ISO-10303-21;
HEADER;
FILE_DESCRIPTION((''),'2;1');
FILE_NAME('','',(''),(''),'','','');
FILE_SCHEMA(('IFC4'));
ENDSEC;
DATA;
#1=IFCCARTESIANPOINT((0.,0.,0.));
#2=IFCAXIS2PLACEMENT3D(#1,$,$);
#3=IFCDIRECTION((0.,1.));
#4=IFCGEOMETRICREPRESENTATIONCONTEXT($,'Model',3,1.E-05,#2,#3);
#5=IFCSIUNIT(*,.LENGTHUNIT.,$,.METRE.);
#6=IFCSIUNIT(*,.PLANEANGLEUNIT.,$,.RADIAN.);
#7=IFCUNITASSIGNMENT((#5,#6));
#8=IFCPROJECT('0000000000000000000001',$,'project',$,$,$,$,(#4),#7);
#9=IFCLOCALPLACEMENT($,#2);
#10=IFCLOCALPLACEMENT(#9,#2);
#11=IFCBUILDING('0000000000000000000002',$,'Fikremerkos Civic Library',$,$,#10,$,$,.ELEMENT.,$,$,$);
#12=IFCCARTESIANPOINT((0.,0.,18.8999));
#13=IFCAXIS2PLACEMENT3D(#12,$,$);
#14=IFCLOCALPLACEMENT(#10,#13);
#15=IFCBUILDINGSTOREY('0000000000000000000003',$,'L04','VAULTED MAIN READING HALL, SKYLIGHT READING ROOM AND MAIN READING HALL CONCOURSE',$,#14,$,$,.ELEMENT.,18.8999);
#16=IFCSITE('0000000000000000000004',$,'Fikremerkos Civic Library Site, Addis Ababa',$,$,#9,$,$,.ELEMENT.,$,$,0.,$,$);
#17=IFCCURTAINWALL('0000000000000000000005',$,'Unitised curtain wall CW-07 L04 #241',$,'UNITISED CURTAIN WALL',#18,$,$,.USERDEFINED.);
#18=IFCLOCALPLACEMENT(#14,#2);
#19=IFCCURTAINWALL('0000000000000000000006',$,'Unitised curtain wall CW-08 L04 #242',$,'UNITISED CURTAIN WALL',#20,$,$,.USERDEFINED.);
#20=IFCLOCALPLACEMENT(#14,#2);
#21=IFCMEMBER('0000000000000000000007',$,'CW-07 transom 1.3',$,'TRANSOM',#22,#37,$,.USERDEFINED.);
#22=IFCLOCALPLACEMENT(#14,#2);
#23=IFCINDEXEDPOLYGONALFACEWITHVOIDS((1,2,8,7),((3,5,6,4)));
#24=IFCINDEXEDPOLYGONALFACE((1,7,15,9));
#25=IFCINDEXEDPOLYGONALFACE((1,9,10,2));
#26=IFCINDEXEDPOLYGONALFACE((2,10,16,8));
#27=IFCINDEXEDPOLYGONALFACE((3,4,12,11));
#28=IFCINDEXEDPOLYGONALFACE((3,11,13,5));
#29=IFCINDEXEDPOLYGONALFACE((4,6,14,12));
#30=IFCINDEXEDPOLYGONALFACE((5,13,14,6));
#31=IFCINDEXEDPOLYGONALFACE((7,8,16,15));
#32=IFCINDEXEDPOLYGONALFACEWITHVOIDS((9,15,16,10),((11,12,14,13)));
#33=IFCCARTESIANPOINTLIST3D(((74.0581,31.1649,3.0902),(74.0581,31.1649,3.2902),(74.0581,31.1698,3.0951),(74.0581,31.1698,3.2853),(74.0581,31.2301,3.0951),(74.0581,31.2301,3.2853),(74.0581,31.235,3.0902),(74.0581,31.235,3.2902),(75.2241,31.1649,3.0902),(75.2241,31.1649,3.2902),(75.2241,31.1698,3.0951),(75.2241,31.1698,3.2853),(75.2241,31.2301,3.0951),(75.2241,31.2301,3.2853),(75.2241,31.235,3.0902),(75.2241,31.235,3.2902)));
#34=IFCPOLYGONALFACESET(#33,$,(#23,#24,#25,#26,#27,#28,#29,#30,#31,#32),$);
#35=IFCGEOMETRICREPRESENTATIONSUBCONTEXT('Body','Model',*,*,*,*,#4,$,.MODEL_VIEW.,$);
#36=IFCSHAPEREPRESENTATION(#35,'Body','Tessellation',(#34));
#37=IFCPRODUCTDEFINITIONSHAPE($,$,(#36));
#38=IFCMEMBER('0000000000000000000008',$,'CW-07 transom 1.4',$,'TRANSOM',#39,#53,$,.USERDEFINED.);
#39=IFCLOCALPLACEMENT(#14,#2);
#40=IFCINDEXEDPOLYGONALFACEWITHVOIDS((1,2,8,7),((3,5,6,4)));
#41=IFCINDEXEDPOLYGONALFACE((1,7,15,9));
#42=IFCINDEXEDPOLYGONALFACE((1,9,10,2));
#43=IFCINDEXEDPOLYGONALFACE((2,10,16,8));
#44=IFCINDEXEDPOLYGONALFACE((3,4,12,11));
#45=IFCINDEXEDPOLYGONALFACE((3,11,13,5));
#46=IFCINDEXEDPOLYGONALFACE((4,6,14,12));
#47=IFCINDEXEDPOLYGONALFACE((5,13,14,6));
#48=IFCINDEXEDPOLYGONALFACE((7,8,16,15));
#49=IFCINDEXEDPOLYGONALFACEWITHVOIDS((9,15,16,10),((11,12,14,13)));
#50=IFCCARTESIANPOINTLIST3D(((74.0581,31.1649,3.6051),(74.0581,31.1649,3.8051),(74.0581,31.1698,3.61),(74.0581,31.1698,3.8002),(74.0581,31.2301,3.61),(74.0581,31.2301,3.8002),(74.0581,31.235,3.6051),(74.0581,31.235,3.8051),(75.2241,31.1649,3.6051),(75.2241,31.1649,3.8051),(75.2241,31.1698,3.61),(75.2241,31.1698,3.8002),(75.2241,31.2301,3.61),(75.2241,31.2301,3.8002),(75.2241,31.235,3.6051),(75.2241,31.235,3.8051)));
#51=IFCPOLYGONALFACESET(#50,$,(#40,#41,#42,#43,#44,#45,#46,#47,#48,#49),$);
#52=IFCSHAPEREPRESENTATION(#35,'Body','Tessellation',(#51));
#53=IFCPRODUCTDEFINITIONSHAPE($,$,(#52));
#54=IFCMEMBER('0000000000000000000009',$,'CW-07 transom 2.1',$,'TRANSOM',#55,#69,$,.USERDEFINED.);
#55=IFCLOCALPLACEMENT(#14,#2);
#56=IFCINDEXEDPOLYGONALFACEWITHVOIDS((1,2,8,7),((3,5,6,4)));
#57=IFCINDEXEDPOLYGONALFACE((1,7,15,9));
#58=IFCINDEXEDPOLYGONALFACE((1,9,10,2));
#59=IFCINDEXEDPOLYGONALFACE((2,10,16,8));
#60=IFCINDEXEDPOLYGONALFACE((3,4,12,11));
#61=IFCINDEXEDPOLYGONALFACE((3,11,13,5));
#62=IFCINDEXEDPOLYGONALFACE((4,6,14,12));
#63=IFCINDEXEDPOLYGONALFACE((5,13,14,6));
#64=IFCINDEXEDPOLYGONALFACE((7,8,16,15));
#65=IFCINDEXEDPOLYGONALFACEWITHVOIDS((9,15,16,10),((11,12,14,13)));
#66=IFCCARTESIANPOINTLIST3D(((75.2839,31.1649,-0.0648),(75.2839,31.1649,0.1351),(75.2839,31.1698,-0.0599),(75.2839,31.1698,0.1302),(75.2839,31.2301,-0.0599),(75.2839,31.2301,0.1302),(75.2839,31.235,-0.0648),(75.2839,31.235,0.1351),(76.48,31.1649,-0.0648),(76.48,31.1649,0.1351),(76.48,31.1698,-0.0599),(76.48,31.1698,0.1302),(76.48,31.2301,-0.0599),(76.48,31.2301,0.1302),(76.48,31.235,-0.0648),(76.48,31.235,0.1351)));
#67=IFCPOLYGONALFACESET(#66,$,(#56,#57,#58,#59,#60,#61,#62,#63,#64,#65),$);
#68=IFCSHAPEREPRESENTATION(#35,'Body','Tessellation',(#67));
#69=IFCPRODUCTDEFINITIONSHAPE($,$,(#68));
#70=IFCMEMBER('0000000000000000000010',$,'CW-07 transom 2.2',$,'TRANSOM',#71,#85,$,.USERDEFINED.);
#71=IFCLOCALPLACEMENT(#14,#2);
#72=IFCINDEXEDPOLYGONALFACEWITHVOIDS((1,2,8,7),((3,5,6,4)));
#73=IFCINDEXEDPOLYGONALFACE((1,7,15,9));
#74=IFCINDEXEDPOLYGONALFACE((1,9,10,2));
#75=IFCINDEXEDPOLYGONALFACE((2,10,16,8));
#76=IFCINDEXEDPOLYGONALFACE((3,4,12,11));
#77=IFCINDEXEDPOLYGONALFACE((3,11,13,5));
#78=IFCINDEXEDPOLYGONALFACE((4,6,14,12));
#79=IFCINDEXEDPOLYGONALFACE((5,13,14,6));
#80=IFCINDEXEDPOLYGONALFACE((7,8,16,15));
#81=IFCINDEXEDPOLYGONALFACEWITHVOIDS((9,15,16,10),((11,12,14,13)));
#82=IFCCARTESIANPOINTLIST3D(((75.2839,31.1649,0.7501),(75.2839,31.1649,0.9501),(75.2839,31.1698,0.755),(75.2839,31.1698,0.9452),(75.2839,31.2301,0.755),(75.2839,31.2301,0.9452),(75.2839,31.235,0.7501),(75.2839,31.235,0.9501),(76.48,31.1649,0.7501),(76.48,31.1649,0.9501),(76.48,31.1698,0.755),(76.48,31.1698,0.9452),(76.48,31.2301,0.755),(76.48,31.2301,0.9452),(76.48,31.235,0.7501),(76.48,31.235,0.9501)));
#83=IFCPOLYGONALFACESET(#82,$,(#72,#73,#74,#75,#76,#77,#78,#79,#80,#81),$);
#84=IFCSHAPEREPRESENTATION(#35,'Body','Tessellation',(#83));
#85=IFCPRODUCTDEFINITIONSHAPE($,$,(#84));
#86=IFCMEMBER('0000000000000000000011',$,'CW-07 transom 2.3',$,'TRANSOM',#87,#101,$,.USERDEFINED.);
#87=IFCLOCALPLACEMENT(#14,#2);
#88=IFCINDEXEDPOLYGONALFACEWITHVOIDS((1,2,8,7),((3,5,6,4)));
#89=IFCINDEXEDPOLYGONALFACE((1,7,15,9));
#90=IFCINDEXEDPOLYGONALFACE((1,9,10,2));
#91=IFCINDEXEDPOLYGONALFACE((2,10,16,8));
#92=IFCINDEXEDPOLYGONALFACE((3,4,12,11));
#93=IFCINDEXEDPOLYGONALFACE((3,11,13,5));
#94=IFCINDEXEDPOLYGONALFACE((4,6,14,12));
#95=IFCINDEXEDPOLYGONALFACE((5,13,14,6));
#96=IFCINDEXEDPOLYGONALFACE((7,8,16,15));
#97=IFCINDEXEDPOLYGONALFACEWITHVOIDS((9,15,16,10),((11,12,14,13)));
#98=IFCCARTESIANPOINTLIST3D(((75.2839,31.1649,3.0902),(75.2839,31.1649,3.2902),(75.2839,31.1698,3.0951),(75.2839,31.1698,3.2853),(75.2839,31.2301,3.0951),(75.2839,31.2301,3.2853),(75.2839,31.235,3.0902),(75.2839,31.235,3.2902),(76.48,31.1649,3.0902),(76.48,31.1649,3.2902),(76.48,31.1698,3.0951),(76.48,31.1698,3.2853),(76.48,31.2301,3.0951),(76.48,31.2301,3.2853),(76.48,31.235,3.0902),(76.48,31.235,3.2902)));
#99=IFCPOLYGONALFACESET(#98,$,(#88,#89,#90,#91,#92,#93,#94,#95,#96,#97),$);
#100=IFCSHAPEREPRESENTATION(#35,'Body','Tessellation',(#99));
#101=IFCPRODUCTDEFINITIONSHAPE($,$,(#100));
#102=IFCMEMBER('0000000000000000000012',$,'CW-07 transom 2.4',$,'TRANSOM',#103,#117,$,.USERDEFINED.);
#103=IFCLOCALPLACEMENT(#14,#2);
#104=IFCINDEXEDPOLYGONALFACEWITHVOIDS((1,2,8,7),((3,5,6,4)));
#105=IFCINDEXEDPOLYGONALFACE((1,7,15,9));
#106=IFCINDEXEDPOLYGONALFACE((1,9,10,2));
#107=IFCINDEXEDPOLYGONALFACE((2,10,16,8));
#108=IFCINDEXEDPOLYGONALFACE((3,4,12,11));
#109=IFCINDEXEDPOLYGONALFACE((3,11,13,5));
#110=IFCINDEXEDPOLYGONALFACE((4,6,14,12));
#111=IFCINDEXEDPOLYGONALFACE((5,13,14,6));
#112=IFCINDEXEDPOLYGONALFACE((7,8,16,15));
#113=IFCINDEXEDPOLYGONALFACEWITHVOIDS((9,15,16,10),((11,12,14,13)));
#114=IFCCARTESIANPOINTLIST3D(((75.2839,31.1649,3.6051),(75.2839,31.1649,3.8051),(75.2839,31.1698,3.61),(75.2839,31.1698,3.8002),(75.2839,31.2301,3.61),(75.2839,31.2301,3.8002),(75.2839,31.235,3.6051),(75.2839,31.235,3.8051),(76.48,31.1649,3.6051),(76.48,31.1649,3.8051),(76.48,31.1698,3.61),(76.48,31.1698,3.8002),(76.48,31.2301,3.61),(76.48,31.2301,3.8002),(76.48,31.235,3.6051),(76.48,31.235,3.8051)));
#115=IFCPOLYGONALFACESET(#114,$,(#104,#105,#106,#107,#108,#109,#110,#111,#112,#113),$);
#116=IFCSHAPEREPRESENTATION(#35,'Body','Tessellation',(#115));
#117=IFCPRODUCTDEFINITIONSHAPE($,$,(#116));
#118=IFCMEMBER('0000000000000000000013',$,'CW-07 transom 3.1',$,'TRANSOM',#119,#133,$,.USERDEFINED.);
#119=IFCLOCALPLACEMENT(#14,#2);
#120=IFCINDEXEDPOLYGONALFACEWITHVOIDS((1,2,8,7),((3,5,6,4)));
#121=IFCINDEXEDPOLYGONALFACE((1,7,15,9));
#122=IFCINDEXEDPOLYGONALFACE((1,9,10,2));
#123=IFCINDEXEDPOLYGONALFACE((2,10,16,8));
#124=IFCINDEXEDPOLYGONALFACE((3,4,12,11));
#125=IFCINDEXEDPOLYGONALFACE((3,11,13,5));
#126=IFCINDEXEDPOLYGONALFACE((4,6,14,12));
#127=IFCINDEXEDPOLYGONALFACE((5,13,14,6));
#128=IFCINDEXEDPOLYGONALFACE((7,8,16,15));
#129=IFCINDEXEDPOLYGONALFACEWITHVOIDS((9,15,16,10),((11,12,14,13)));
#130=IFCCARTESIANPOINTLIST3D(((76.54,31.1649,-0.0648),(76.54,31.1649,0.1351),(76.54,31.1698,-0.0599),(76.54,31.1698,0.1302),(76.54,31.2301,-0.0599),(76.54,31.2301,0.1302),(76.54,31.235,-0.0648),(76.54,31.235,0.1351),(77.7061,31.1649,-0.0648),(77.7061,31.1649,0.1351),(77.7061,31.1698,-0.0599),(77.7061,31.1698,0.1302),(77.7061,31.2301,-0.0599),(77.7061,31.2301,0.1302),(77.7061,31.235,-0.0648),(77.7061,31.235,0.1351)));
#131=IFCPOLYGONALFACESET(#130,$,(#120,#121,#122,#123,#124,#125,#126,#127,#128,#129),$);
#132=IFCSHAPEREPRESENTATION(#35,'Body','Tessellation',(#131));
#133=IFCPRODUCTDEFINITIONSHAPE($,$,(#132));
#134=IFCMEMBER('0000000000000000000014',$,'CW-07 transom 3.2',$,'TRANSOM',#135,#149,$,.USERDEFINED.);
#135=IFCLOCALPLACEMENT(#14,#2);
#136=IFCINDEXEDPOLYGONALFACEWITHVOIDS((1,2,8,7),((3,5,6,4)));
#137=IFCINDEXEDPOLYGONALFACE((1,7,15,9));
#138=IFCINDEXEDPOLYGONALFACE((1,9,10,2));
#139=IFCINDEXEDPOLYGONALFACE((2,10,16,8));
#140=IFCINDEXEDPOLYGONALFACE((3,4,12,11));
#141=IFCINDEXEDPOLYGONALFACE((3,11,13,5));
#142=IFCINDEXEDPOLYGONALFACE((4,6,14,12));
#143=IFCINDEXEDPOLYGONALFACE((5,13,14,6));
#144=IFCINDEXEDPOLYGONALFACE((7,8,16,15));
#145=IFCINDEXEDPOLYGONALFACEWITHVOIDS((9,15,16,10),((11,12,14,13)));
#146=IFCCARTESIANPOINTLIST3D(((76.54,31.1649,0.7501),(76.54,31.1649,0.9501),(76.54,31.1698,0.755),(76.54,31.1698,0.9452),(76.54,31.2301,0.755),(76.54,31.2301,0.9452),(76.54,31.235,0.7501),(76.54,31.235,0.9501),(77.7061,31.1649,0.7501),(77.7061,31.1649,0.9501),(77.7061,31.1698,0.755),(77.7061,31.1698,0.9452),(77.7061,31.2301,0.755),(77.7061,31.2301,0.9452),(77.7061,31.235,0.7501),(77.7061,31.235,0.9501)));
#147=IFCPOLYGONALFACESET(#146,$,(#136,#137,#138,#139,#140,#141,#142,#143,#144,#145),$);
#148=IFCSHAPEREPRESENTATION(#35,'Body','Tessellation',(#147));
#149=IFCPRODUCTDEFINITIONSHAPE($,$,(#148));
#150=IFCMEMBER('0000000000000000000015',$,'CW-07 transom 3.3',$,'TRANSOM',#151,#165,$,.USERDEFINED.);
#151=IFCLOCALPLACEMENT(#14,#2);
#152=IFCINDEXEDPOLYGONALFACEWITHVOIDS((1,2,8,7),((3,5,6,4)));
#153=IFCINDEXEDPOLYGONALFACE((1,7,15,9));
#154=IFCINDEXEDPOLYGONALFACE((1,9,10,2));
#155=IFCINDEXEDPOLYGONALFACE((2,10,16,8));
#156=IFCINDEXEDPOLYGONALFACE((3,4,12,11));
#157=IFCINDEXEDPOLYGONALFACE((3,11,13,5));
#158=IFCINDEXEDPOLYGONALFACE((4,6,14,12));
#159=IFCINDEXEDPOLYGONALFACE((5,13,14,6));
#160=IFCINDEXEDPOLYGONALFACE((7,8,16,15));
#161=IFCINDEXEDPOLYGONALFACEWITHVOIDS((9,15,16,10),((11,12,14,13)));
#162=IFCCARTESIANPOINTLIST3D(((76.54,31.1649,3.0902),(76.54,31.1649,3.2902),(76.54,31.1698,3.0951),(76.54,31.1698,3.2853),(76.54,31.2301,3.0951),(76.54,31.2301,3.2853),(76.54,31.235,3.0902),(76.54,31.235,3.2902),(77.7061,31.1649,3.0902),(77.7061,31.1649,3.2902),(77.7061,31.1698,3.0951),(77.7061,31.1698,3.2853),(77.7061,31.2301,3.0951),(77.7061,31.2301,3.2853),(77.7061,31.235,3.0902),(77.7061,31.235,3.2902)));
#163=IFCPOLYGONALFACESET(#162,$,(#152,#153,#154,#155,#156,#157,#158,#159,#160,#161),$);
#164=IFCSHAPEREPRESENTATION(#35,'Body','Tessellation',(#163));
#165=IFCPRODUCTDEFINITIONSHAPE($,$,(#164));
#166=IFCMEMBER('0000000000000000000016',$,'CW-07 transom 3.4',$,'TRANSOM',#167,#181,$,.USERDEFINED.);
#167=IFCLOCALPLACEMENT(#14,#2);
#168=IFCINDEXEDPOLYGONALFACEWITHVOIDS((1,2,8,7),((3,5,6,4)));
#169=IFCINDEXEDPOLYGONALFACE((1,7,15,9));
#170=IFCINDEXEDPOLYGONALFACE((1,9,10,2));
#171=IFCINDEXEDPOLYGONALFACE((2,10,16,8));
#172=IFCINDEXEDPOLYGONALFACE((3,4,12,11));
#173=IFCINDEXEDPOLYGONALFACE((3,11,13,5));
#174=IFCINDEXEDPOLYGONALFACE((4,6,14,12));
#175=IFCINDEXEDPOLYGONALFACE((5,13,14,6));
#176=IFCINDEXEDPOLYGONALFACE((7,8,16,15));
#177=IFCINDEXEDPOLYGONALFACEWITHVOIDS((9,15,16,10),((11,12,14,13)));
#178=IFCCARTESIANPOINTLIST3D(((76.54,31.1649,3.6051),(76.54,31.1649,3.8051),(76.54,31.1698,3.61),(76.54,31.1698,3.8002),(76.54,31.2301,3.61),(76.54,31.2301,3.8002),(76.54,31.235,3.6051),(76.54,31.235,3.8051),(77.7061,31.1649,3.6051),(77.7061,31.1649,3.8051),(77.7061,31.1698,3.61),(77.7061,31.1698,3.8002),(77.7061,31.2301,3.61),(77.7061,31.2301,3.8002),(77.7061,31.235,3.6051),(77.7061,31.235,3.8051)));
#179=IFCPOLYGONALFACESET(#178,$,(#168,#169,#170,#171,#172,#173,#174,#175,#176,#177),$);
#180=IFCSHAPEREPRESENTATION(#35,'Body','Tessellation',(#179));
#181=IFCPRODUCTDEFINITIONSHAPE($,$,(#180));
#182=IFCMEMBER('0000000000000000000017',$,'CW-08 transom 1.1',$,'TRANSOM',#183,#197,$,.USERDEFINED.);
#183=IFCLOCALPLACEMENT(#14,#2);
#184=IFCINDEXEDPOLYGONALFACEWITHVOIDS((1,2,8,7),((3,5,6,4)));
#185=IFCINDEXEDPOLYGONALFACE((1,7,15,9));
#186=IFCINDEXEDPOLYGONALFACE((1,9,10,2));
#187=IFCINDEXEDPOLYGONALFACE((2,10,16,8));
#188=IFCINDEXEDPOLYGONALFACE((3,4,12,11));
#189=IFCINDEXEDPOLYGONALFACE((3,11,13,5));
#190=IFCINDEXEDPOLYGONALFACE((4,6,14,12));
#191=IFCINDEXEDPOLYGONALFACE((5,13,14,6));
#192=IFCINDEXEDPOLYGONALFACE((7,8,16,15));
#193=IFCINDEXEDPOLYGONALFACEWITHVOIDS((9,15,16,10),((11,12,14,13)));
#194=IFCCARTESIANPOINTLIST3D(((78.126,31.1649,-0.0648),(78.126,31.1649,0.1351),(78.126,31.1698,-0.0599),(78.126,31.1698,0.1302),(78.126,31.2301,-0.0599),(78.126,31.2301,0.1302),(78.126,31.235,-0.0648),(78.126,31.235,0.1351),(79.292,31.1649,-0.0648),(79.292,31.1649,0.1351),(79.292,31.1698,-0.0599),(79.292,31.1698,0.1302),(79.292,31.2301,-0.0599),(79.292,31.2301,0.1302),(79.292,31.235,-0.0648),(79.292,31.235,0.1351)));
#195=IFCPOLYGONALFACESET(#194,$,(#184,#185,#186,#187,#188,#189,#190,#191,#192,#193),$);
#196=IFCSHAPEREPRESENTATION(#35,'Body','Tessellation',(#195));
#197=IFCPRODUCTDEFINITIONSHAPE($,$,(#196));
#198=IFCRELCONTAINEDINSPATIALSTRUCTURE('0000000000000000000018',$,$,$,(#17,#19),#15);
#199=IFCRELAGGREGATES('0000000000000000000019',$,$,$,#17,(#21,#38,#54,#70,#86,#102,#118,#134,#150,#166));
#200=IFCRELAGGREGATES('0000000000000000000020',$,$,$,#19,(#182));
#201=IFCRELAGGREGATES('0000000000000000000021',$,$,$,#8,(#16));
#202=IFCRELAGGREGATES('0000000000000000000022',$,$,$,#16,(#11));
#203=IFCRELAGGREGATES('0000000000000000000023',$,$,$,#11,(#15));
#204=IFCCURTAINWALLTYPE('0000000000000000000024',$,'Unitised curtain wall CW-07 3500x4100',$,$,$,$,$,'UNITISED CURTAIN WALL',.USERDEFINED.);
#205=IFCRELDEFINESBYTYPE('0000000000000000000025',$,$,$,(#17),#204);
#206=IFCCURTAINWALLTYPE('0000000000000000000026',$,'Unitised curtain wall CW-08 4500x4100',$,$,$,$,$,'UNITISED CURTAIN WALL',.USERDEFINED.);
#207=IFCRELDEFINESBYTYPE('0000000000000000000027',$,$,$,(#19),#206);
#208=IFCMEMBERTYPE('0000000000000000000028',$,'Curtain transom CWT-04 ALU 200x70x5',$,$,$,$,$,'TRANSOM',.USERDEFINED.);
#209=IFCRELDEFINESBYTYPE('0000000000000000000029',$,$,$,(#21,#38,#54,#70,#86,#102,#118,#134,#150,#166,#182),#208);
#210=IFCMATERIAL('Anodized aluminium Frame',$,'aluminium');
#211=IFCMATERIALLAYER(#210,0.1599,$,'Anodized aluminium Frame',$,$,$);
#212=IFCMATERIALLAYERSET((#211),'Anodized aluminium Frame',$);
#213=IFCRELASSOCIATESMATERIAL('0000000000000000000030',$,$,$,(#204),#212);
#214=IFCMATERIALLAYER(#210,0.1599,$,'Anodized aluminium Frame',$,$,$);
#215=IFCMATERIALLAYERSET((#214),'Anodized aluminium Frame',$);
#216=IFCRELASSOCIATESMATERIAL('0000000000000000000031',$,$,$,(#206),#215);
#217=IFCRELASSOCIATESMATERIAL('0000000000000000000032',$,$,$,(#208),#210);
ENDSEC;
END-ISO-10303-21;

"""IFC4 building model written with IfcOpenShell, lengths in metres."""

from ifc_helpers import new_model, si_unit, direction, frame, origin, origin_2d, place, context, subcontext, project, spatial, hollow_rectangle, extrude, material, layer, layer_set, material_profile, profile_set, type_object, element, aggregate, save


model = new_model("IFC4")

# Units and contexts
model_context = context("Model", 3, precision=1e-05, world=origin(), true_north=direction((0.0, 1.0)))
body_context = subcontext(model_context, "Body", "Model", "MODEL_VIEW")
ifc_project = project(units=[si_unit("LENGTHUNIT", "METRE"), si_unit("PLANEANGLEUNIT", "RADIAN")], contexts=[model_context])

# Site, building, storey
site_placement = place(None, origin())
site = spatial("IfcSite", under=ifc_project, at=site_placement, Name="Fikremerkos Civic Library Site, Addis Ababa", CompositionType="ELEMENT", RefElevation=0.0)
building_placement = place(site_placement, origin())
building = spatial("IfcBuilding", under=site, at=building_placement, Name="Fikremerkos Civic Library", CompositionType="ELEMENT")
storey_placement = place(building_placement, frame((0.0, 0.0, 18.8999)))
storey = spatial("IfcBuildingStorey", under=building, at=storey_placement, Name="L04", Description="VAULTED MAIN READING HALL, SKYLIGHT READING ROOM AND MAIN READING HALL CONCOURSE", CompositionType="ELEMENT", Elevation=18.8999)

# Shared definitions
ifc_material_1 = material(Name="Anodized aluminium Frame", Category="aluminium")

# Curtain wall
ifc_layer_1 = layer(ifc_material_1, 0.1599, Name="Anodized aluminium Frame")
ifc_layer_set_1 = layer_set([ifc_layer_1], Name="Anodized aluminium Frame")
curtain_wall_type_1 = type_object("IfcCurtainWallType", Name="Unitised curtain wall CW-07 3500x4100", ElementType="UNITISED CURTAIN WALL", PredefinedType="USERDEFINED", material=ifc_layer_set_1)
curtain_wall_1_placement = place(storey_placement, origin())
curtain_wall_1 = element("IfcCurtainWall", 1, at=curtain_wall_1_placement, inside=storey, type_object=curtain_wall_type_1, Name="Unitised curtain wall CW-07 L04 #241", ObjectType="UNITISED CURTAIN WALL", PredefinedType="USERDEFINED")

# Curtain wall
ifc_layer_2 = layer(ifc_material_1, 0.1599, Name="Anodized aluminium Frame")
ifc_layer_set_2 = layer_set([ifc_layer_2], Name="Anodized aluminium Frame")
curtain_wall_type_2 = type_object("IfcCurtainWallType", Name="Unitised curtain wall CW-08 4500x4100", ElementType="UNITISED CURTAIN WALL", PredefinedType="USERDEFINED", material=ifc_layer_set_2)
curtain_wall_2_placement = place(storey_placement, origin())
curtain_wall_2 = element("IfcCurtainWall", 2, at=curtain_wall_2_placement, inside=storey, type_object=curtain_wall_type_2, Name="Unitised curtain wall CW-08 L04 #242", ObjectType="UNITISED CURTAIN WALL", PredefinedType="USERDEFINED")

# Members
ifc_material_profile_1 = material_profile(ifc_material_1, hollow_rectangle(XDim=0.0701, YDim=0.2, WallThickness=0.0049, at=origin_2d()), Name="ALU 200x70x5")
ifc_profile_set_1 = profile_set([ifc_material_profile_1], Name="Anodized aluminium Frame")
member_type_1 = type_object("IfcMemberType", Name="Curtain transom CWT-04 ALU 200x70x5", ElementType="TRANSOM", PredefinedType="USERDEFINED", material=ifc_profile_set_1)
member_1_placement = place(storey_placement, frame((74.0581, 31.2, 3.1902), z_axis=(1.0, 0.0, 0.0), x_axis=(0.0, 1.0, 0.0)))
member_1 = element("IfcMember", 3, at=member_1_placement, type_object=member_type_1, Name="CW-07 transom 1.3", ObjectType="TRANSOM", PredefinedType="USERDEFINED", context=body_context, shape_type="SweptSolid", body=[
    extrude(hollow_rectangle(XDim=0.0701, YDim=0.2, WallThickness=0.0049, at=origin_2d()), origin(), (0.0, 0.0, 1.0), 1.166),
])
member_2_placement = place(storey_placement, frame((74.0581, 31.2, 3.7051), z_axis=(1.0, 0.0, 0.0), x_axis=(0.0, 1.0, 0.0)))
member_2 = element("IfcMember", 4, at=member_2_placement, type_object=member_type_1, Name="CW-07 transom 1.4", ObjectType="TRANSOM", PredefinedType="USERDEFINED", context=body_context, shape_type="SweptSolid", body=[
    extrude(hollow_rectangle(XDim=0.0701, YDim=0.2, WallThickness=0.0049, at=origin_2d()), origin(), (0.0, 0.0, 1.0), 1.166),
])
member_3_placement = place(storey_placement, frame((75.2839, 31.2, 0.0352), z_axis=(1.0, 0.0, 0.0), x_axis=(0.0, 1.0, 0.0)))
member_3 = element("IfcMember", 5, at=member_3_placement, type_object=member_type_1, Name="CW-07 transom 2.1", ObjectType="TRANSOM", PredefinedType="USERDEFINED", context=body_context, shape_type="SweptSolid", body=[
    extrude(hollow_rectangle(XDim=0.0701, YDim=0.2, WallThickness=0.0049, at=origin_2d()), origin(), (0.0, 0.0, 1.0), 1.196),
])
member_4_placement = place(storey_placement, frame((75.2839, 31.2, 0.8501), z_axis=(1.0, 0.0, 0.0), x_axis=(0.0, 1.0, 0.0)))
member_4 = element("IfcMember", 6, at=member_4_placement, type_object=member_type_1, Name="CW-07 transom 2.2", ObjectType="TRANSOM", PredefinedType="USERDEFINED", context=body_context, shape_type="SweptSolid", body=[
    extrude(hollow_rectangle(XDim=0.0701, YDim=0.2, WallThickness=0.0049, at=origin_2d()), origin(), (0.0, 0.0, 1.0), 1.196),
])
member_5_placement = place(storey_placement, frame((75.2839, 31.2, 3.1902), z_axis=(1.0, 0.0, 0.0), x_axis=(0.0, 1.0, 0.0)))
member_5 = element("IfcMember", 7, at=member_5_placement, type_object=member_type_1, Name="CW-07 transom 2.3", ObjectType="TRANSOM", PredefinedType="USERDEFINED", context=body_context, shape_type="SweptSolid", body=[
    extrude(hollow_rectangle(XDim=0.0701, YDim=0.2, WallThickness=0.0049, at=origin_2d()), origin(), (0.0, 0.0, 1.0), 1.196),
])
member_6_placement = place(storey_placement, frame((75.2839, 31.2, 3.7051), z_axis=(1.0, 0.0, 0.0), x_axis=(0.0, 1.0, 0.0)))
member_6 = element("IfcMember", 8, at=member_6_placement, type_object=member_type_1, Name="CW-07 transom 2.4", ObjectType="TRANSOM", PredefinedType="USERDEFINED", context=body_context, shape_type="SweptSolid", body=[
    extrude(hollow_rectangle(XDim=0.0701, YDim=0.2, WallThickness=0.0049, at=origin_2d()), origin(), (0.0, 0.0, 1.0), 1.196),
])
member_7_placement = place(storey_placement, frame((76.54, 31.2, 0.0352), z_axis=(1.0, 0.0, 0.0), x_axis=(0.0, 1.0, 0.0)))
member_7 = element("IfcMember", 9, at=member_7_placement, type_object=member_type_1, Name="CW-07 transom 3.1", ObjectType="TRANSOM", PredefinedType="USERDEFINED", context=body_context, shape_type="SweptSolid", body=[
    extrude(hollow_rectangle(XDim=0.0701, YDim=0.2, WallThickness=0.0049, at=origin_2d()), origin(), (0.0, 0.0, 1.0), 1.166),
])
member_8_placement = place(storey_placement, frame((76.54, 31.2, 0.8501), z_axis=(1.0, 0.0, 0.0), x_axis=(0.0, 1.0, 0.0)))
member_8 = element("IfcMember", 10, at=member_8_placement, type_object=member_type_1, Name="CW-07 transom 3.2", ObjectType="TRANSOM", PredefinedType="USERDEFINED", context=body_context, shape_type="SweptSolid", body=[
    extrude(hollow_rectangle(XDim=0.0701, YDim=0.2, WallThickness=0.0049, at=origin_2d()), origin(), (0.0, 0.0, 1.0), 1.166),
])
member_9_placement = place(storey_placement, frame((76.54, 31.2, 3.1902), z_axis=(1.0, 0.0, 0.0), x_axis=(0.0, 1.0, 0.0)))
member_9 = element("IfcMember", 11, at=member_9_placement, type_object=member_type_1, Name="CW-07 transom 3.3", ObjectType="TRANSOM", PredefinedType="USERDEFINED", context=body_context, shape_type="SweptSolid", body=[
    extrude(hollow_rectangle(XDim=0.0701, YDim=0.2, WallThickness=0.0049, at=origin_2d()), origin(), (0.0, 0.0, 1.0), 1.166),
])
member_10_placement = place(storey_placement, frame((76.54, 31.2, 3.7051), z_axis=(1.0, 0.0, 0.0), x_axis=(0.0, 1.0, 0.0)))
member_10 = element("IfcMember", 12, at=member_10_placement, type_object=member_type_1, Name="CW-07 transom 3.4", ObjectType="TRANSOM", PredefinedType="USERDEFINED", context=body_context, shape_type="SweptSolid", body=[
    extrude(hollow_rectangle(XDim=0.0701, YDim=0.2, WallThickness=0.0049, at=origin_2d()), origin(), (0.0, 0.0, 1.0), 1.166),
])
member_11_placement = place(storey_placement, frame((78.126, 31.2, 0.0352), z_axis=(1.0, 0.0, 0.0), x_axis=(0.0, 1.0, 0.0)))
member_11 = element("IfcMember", 13, at=member_11_placement, type_object=member_type_1, Name="CW-08 transom 1.1", ObjectType="TRANSOM", PredefinedType="USERDEFINED", context=body_context, shape_type="SweptSolid", body=[
    extrude(hollow_rectangle(XDim=0.0701, YDim=0.2, WallThickness=0.0049, at=origin_2d()), origin(), (0.0, 0.0, 1.0), 1.166),
])

aggregate(curtain_wall_1, [member_1, member_2, member_3, member_4, member_5, member_6, member_7, member_8, member_9, member_10])
aggregate(curtain_wall_2, [member_11])

save(model, "model.ifc")
